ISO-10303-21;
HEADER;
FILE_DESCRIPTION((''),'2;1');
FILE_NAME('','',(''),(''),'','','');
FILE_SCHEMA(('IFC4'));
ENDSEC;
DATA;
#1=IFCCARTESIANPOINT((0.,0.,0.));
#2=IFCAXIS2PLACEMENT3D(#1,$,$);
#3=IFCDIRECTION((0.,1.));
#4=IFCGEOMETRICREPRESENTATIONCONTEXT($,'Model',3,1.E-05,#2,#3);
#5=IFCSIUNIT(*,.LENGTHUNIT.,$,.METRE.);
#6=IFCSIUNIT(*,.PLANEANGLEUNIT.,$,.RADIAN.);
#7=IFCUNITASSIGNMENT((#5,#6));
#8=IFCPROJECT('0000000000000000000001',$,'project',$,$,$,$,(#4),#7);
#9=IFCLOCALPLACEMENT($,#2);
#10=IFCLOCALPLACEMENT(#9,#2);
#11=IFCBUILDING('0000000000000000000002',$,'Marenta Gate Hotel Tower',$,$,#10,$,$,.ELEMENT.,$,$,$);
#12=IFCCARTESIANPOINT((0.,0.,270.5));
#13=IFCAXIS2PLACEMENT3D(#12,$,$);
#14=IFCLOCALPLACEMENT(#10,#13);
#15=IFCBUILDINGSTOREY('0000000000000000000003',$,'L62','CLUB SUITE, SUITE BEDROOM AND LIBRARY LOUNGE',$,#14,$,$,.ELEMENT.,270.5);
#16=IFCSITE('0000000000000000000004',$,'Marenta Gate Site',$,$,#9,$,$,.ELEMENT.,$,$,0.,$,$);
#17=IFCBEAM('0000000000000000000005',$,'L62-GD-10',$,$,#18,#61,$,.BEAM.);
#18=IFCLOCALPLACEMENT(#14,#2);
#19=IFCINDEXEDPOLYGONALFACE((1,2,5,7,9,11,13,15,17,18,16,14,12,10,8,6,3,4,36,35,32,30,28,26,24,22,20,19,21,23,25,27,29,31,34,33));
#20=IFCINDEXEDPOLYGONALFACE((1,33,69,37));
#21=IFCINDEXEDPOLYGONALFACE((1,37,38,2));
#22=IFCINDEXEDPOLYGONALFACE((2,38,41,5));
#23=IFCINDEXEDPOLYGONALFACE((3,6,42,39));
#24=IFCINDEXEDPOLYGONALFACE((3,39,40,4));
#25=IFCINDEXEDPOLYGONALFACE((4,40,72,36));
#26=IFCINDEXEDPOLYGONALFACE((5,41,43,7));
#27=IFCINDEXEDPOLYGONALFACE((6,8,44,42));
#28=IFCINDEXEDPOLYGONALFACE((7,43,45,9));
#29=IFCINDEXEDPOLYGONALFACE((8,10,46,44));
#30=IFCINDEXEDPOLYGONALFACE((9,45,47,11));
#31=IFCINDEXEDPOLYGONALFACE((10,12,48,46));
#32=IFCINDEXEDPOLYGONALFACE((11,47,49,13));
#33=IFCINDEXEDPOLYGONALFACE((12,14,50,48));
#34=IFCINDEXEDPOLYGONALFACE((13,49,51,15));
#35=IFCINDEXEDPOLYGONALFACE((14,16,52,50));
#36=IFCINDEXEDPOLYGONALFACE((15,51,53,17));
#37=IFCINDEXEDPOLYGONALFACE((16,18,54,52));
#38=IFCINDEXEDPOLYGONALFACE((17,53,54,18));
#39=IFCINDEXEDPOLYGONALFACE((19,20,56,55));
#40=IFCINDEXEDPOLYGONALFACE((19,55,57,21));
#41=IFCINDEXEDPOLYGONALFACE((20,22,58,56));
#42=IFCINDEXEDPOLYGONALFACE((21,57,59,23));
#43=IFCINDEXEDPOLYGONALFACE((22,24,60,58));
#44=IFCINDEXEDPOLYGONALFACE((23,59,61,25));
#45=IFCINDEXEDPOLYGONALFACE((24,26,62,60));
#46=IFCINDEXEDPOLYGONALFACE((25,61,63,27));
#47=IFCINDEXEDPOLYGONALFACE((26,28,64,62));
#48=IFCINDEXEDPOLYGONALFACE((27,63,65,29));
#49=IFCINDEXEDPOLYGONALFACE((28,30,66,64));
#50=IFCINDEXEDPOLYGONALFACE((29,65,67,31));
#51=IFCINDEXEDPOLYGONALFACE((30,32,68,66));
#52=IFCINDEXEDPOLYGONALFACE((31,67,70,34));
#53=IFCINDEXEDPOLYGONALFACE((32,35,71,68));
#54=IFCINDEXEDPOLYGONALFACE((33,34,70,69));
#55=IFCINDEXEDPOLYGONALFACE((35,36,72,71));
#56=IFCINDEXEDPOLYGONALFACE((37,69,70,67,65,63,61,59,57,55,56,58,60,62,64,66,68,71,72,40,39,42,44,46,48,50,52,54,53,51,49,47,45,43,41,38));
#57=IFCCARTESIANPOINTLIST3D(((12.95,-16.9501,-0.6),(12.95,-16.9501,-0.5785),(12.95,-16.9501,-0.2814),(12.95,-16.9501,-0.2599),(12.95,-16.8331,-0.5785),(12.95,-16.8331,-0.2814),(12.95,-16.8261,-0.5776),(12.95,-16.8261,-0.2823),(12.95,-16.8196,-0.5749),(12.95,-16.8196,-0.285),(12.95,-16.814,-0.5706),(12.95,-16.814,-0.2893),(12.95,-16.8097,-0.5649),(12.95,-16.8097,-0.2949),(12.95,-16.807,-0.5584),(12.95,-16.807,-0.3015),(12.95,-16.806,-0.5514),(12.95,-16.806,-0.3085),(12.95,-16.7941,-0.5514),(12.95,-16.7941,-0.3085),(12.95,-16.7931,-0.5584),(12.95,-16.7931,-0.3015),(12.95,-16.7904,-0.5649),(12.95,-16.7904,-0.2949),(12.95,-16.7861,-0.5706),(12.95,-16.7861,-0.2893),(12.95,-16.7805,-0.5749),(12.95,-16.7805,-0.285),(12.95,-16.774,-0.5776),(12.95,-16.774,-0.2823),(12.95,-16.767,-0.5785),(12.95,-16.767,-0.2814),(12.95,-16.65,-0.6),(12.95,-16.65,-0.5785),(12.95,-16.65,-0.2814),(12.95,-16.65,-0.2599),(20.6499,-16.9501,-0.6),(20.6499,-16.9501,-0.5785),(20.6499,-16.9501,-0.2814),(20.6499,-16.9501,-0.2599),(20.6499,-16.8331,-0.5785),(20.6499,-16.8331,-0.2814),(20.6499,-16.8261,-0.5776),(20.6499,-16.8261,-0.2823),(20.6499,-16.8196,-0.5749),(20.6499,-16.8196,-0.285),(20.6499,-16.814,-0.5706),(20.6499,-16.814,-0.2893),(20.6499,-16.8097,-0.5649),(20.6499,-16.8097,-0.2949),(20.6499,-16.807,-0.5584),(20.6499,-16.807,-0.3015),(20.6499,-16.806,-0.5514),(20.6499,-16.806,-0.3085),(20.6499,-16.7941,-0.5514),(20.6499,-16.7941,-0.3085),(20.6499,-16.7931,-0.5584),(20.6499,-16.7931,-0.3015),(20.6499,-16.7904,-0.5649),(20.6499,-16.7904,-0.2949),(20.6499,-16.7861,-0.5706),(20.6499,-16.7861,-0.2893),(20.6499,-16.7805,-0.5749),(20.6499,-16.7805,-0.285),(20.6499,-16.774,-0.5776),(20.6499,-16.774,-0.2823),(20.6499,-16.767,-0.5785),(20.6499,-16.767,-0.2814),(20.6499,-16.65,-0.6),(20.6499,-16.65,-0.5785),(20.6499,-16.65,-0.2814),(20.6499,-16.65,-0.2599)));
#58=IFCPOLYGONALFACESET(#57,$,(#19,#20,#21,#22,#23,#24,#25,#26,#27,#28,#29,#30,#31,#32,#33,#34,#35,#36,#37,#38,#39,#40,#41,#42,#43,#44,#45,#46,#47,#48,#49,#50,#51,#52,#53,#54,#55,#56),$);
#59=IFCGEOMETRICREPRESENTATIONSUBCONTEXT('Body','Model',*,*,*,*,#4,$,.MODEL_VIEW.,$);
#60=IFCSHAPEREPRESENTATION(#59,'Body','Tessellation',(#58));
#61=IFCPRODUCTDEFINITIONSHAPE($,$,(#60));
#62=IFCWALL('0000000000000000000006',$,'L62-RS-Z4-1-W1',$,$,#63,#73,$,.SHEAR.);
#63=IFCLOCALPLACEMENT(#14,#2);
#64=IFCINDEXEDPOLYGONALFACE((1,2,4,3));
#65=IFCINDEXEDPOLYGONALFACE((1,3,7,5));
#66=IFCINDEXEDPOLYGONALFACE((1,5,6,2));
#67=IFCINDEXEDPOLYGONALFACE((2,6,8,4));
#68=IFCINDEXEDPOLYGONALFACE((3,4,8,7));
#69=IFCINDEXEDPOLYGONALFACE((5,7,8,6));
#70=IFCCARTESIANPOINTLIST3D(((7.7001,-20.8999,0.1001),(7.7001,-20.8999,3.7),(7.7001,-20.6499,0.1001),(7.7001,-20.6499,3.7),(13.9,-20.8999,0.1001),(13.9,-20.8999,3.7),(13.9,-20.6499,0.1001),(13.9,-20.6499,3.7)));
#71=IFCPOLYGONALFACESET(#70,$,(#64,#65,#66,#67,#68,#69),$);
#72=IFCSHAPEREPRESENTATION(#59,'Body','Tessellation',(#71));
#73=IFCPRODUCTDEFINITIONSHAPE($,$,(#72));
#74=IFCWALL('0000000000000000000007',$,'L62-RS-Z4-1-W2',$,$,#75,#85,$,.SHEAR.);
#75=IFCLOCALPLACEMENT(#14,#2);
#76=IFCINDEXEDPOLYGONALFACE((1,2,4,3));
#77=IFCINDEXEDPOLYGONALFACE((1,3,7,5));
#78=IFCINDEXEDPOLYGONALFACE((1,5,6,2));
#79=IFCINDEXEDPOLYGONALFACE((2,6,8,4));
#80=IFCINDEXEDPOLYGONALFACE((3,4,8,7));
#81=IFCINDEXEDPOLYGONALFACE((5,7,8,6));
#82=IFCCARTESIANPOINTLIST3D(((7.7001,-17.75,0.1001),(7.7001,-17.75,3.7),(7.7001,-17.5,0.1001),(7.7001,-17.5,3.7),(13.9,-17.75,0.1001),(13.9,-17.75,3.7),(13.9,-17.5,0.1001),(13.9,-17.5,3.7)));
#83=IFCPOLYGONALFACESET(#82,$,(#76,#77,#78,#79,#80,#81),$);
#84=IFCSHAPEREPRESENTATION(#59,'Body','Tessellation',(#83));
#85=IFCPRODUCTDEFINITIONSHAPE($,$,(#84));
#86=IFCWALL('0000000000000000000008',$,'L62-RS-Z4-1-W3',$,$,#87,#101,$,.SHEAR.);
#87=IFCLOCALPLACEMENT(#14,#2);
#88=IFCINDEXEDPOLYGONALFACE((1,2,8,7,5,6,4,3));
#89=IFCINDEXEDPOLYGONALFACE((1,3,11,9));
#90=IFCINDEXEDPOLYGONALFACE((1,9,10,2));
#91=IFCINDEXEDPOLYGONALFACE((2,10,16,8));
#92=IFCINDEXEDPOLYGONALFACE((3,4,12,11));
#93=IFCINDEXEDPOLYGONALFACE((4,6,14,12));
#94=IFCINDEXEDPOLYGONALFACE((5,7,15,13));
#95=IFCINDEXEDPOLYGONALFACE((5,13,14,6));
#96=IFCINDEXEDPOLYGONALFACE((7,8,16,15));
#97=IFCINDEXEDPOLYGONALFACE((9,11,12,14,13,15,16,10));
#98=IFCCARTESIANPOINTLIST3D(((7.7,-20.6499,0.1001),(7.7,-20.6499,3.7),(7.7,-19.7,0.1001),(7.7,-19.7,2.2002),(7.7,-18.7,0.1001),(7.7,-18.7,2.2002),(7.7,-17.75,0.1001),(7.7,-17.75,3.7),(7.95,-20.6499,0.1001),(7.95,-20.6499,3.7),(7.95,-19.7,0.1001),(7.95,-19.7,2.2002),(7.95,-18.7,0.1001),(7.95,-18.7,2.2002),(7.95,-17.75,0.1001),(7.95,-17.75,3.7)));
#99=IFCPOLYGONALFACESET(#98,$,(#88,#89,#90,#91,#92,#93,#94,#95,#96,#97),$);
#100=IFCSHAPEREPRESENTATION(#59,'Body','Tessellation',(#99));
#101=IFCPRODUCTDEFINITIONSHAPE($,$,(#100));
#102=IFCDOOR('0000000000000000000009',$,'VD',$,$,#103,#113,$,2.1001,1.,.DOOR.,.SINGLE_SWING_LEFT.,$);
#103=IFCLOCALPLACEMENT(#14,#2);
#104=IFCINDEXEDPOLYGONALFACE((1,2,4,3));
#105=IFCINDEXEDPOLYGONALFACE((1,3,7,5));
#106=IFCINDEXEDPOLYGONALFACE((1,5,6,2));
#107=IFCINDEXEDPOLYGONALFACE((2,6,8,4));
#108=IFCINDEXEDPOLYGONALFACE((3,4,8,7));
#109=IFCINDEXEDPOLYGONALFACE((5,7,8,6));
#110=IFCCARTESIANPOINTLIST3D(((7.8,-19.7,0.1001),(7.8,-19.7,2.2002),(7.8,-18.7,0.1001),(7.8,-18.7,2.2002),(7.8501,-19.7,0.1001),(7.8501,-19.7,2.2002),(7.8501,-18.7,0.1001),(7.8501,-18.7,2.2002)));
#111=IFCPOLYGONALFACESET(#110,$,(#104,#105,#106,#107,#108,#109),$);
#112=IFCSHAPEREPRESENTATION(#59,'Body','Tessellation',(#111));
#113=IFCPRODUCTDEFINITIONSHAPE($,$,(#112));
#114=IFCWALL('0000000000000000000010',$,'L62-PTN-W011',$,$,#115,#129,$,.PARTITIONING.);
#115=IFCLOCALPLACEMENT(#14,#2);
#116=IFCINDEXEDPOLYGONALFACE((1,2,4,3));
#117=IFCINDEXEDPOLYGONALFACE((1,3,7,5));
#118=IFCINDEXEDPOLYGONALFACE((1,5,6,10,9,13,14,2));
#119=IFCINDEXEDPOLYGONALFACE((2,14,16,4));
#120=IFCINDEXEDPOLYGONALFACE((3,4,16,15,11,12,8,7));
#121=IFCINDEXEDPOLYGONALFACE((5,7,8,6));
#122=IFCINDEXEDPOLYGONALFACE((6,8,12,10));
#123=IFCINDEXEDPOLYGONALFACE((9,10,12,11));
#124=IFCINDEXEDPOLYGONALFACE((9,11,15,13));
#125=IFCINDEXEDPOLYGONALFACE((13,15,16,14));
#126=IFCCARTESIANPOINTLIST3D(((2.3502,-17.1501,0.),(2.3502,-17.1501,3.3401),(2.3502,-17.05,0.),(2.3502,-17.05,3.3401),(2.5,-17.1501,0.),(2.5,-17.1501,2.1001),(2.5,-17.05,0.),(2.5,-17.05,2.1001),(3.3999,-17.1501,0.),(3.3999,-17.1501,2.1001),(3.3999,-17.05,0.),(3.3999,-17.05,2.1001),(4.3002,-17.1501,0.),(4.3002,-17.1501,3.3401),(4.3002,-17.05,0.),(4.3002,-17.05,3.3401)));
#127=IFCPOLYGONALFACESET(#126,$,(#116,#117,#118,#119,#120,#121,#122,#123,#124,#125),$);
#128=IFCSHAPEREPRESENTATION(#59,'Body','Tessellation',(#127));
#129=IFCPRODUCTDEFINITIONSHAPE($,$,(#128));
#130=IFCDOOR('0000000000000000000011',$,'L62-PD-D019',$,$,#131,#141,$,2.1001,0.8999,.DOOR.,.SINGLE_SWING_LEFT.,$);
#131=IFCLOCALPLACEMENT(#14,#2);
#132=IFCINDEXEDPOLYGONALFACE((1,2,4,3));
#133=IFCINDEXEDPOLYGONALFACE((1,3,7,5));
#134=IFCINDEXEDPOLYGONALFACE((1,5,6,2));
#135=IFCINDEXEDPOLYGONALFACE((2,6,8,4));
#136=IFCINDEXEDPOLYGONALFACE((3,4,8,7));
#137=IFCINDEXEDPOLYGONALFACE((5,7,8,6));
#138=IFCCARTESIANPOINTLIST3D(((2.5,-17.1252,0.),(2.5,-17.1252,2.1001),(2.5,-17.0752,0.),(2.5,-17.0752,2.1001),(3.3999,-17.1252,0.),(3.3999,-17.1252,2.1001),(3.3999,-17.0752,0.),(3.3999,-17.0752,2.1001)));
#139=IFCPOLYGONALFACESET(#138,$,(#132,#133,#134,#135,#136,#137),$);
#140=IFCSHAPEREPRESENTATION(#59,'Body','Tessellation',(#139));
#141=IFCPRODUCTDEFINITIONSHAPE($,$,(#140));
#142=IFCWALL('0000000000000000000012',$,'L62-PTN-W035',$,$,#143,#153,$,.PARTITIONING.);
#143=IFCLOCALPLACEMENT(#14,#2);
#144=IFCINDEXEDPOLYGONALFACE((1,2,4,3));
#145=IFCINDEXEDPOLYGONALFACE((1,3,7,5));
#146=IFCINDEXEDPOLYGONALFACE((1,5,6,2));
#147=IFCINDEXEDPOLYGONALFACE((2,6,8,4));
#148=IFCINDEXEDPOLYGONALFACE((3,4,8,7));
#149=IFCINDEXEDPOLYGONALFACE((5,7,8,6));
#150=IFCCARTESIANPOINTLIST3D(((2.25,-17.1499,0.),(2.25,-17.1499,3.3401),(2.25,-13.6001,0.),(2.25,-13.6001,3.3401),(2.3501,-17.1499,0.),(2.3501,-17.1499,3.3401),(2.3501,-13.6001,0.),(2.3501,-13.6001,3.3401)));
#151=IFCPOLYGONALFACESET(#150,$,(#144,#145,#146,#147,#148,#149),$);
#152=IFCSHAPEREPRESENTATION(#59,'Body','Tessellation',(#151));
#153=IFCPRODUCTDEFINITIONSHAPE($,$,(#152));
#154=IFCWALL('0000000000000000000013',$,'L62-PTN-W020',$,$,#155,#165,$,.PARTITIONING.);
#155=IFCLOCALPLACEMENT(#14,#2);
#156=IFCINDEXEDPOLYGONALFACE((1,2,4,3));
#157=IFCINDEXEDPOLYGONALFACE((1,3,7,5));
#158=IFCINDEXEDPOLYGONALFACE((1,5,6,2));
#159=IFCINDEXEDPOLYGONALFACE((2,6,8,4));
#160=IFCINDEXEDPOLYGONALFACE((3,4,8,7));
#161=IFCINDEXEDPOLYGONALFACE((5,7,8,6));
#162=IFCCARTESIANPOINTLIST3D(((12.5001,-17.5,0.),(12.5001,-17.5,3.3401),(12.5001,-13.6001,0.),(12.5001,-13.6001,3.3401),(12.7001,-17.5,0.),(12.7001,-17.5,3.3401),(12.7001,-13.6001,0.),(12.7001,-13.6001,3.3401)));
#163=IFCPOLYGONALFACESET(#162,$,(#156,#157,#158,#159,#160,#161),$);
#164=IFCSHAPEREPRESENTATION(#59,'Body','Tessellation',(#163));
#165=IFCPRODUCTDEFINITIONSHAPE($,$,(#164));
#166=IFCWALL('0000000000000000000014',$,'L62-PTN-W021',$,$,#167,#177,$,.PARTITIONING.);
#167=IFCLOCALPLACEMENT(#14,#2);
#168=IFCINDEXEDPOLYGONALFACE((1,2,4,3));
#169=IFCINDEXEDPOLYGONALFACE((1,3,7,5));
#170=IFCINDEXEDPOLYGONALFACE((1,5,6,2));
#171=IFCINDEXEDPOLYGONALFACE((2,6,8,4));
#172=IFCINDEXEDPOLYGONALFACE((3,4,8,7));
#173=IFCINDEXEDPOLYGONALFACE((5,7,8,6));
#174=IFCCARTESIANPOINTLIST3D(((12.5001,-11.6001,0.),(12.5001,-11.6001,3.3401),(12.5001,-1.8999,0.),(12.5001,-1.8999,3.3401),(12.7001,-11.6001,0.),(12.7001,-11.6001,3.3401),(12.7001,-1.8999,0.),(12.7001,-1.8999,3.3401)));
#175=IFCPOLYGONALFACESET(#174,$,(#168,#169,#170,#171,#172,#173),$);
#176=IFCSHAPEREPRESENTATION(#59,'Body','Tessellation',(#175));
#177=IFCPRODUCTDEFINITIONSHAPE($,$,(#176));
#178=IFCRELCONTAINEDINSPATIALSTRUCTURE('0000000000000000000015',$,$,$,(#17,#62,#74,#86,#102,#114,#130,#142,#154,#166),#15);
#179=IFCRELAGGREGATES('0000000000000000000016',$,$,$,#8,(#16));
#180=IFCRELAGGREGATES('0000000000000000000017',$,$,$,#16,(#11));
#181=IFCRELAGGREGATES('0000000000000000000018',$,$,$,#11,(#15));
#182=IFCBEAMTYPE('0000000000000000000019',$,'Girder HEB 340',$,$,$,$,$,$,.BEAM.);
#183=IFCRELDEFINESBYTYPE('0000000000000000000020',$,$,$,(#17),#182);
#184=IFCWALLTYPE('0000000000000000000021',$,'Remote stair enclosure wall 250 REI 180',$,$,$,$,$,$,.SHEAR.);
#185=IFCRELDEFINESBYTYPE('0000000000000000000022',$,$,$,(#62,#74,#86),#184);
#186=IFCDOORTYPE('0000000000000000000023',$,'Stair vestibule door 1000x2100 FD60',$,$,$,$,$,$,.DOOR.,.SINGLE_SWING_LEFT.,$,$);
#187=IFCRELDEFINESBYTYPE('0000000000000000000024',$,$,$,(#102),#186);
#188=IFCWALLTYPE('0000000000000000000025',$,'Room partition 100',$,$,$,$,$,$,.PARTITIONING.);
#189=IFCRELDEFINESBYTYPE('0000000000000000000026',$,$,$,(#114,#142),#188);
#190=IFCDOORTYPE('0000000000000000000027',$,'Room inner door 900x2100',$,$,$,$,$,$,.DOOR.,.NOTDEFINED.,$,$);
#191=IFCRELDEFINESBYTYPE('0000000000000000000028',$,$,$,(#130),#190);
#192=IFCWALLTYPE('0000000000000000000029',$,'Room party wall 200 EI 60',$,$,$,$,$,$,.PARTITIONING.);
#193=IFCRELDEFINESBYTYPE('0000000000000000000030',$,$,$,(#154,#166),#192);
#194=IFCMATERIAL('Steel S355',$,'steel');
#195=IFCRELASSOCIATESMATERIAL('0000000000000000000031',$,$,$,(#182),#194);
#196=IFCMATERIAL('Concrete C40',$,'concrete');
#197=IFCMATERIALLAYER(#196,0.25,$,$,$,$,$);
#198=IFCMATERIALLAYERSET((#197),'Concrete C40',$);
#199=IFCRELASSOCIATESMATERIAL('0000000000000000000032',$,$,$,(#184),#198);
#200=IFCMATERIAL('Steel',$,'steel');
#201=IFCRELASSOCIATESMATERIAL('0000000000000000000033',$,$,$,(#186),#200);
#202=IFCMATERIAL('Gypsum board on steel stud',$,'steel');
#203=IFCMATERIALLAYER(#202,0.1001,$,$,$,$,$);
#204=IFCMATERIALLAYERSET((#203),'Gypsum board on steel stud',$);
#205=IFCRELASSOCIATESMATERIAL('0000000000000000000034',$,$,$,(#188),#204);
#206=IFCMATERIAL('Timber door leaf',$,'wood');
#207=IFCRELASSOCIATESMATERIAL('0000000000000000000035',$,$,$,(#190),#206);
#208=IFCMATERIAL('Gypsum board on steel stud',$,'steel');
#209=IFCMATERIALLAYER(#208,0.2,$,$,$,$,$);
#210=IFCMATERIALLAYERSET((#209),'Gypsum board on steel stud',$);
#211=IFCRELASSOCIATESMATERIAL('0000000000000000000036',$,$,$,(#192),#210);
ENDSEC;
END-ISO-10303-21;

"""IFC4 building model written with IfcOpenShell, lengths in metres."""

from ifc_helpers import new_model, si_unit, direction, frame, frame_2d, origin, origin_2d, place, context, subcontext, project, spatial, rectangle, i_section, extrude, material, layer, layer_set, material_profile, profile_set, type_object, element, fill, save


model = new_model("IFC4")

# Units and contexts
model_context = context("Model", 3, precision=1e-05, world=origin(), true_north=direction((0.0, 1.0)))
body_context = subcontext(model_context, "Body", "Model", "MODEL_VIEW")
ifc_project = project(units=[si_unit("LENGTHUNIT", "METRE"), si_unit("PLANEANGLEUNIT", "RADIAN")], contexts=[model_context])

# Site, building, storey
site_placement = place(None, origin())
site = spatial("IfcSite", under=ifc_project, at=site_placement, Name="Marenta Gate Site", CompositionType="ELEMENT", RefElevation=0.0)
building_placement = place(site_placement, origin())
building = spatial("IfcBuilding", under=site, at=building_placement, Name="Marenta Gate Hotel Tower", CompositionType="ELEMENT")
storey_placement = place(building_placement, frame((0.0, 0.0, 270.5)))
storey = spatial("IfcBuildingStorey", under=building, at=storey_placement, Name="L62", Description="CLUB SUITE, SUITE BEDROOM AND LIBRARY LOUNGE", CompositionType="ELEMENT", Elevation=270.5)

# Beam
ifc_material_1 = material(Name="Steel S355", Category="steel")
ifc_material_profile_1 = material_profile(ifc_material_1, i_section(OverallWidth=0.3, OverallDepth=0.3401, WebThickness=0.012, FlangeThickness=0.0215, FilletRadius=0.0271, at=origin_2d()), Name="HEB 340")
ifc_profile_set_1 = profile_set([ifc_material_profile_1], Name="Steel S355")
beam_type = type_object("IfcBeamType", Name="Girder HEB 340", PredefinedType="BEAM", material=ifc_profile_set_1)
for number, where, z_axis, x_axis, name in (
    (1, (12.95, -16.8, -0.4299), (1.0, 0.0, 0.0), (0.0, 1.0, 0.0), "L62-GD-10"),
):
    element("IfcBeam", number, at=place(storey_placement, frame(where, z_axis=z_axis, x_axis=x_axis)), inside=storey, type_object=beam_type, Name=name, PredefinedType="BEAM", context=body_context, shape_type="SweptSolid", body=[
        extrude(i_section(OverallWidth=0.3, OverallDepth=0.3401, WebThickness=0.012, FlangeThickness=0.0215, FilletRadius=0.0271, at=origin_2d()), origin(), (0.0, 0.0, 1.0), 7.7),
    ])

# Walls
ifc_material_2 = material(Name="Concrete C40", Category="concrete")
ifc_layer_1 = layer(ifc_material_2, 0.25)
ifc_layer_set_1 = layer_set([ifc_layer_1], Name="Concrete C40")
wall_type_1 = type_object("IfcWallType", Name="Remote stair enclosure wall 250 REI 180", PredefinedType="SHEAR", material=ifc_layer_set_1)
for number, where, z_axis, x_axis, name in (
    (2, (7.7, -20.7749, 0.1001), (0.0, 0.0, 1.0), (1.0, 0.0, 0.0), "L62-RS-Z4-1-W1"),
    (3, (7.7, -17.625, 0.1001), (0.0, 0.0, 1.0), (1.0, 0.0, 0.0), "L62-RS-Z4-1-W2"),
):
    element("IfcWall", number, at=place(storey_placement, frame(where, z_axis=z_axis, x_axis=x_axis)), inside=storey, type_object=wall_type_1, Name=name, PredefinedType="SHEAR", context=body_context, shape_type="SweptSolid", body=[
        extrude(rectangle(XDim=6.2, YDim=0.25, at=frame_2d((3.1001, 0.0))), origin(), (0.0, 0.0, 1.0), 3.5999),
    ])

# Walls, openings, doors
wall_1_placement = place(storey_placement, frame((7.825, -20.6499, 0.1001), z_axis=(0.0, 0.0, 1.0), x_axis=(0.0, 1.0, 0.0)))
wall_1 = element("IfcWall", 4, at=wall_1_placement, inside=storey, type_object=wall_type_1, Name="L62-RS-Z4-1-W3", PredefinedType="SHEAR", context=body_context, shape_type="SweptSolid", body=[
    extrude(rectangle(XDim=2.8999, YDim=0.25, at=frame_2d((1.45, 0.0))), origin(), (0.0, 0.0, 1.0), 3.5999),
])
opening_1_placement = place(wall_1_placement, frame((0.95, 0.0, 0.0)))
opening_1 = element("IfcOpeningElement", 5, at=opening_1_placement, cuts=wall_1, PredefinedType="OPENING", context=body_context, shape_type="SweptSolid", body=[
    extrude(rectangle(XDim=1.0, YDim=2.1001, at=frame_2d((0.5, 1.05))), frame((0.0, 0.125, 0.0), z_axis=(0.0, -1.0, 0.0), x_axis=(1.0, 0.0, 0.0)), (0.0, 0.0, 1.0), 0.25),
])
ifc_material_3 = material(Name="Steel", Category="steel")
door_type_1 = type_object("IfcDoorType", Name="Stair vestibule door 1000x2100 FD60", OperationType="SINGLE_SWING_LEFT", PredefinedType="DOOR", material=ifc_material_3)
door_1_placement = place(opening_1_placement, origin())
door_1 = element("IfcDoor", 6, at=door_1_placement, inside=storey, type_object=door_type_1, Name="VD", OperationType="SINGLE_SWING_LEFT", OverallHeight=2.1001, OverallWidth=1.0, PredefinedType="DOOR", context=body_context, shape_type="SweptSolid", body=[
    extrude(rectangle(XDim=1.0, YDim=2.1001, at=frame_2d((0.5, 1.05))), frame((0.0, 0.0249, 0.0), z_axis=(0.0, -1.0, 0.0), x_axis=(1.0, 0.0, 0.0)), (0.0, 0.0, 1.0), 0.05),
])
fill(opening_1, door_1)
ifc_material_4 = material(Name="Gypsum board on steel stud", Category="steel")
ifc_layer_2 = layer(ifc_material_4, 0.1001)
ifc_layer_set_2 = layer_set([ifc_layer_2], Name="Gypsum board on steel stud")
wall_type_2 = type_object("IfcWallType", Name="Room partition 100", PredefinedType="PARTITIONING", material=ifc_layer_set_2)
wall_2_placement = place(storey_placement, frame((2.3501, -17.1001, 0.0), z_axis=(0.0, 0.0, 1.0), x_axis=(1.0, 0.0, 0.0)))
wall_2 = element("IfcWall", 7, at=wall_2_placement, inside=storey, type_object=wall_type_2, Name="L62-PTN-W011", PredefinedType="PARTITIONING", context=body_context, shape_type="SweptSolid", body=[
    extrude(rectangle(XDim=1.95, YDim=0.1001, at=frame_2d((0.9751, 0.0))), origin(), (0.0, 0.0, 1.0), 3.3401),
])
opening_2_placement = place(wall_2_placement, frame((0.1499, 0.0, 0.0)))
opening_2 = element("IfcOpeningElement", 8, at=opening_2_placement, cuts=wall_2, PredefinedType="OPENING", context=body_context, shape_type="SweptSolid", body=[
    extrude(rectangle(XDim=0.8999, YDim=2.1001, at=frame_2d((0.45, 1.05))), frame((0.0, 0.05, 0.0), z_axis=(0.0, -1.0, 0.0), x_axis=(1.0, 0.0, 0.0)), (0.0, 0.0, 1.0), 0.1001),
])
ifc_material_5 = material(Name="Timber door leaf", Category="wood")
door_type_2 = type_object("IfcDoorType", Name="Room inner door 900x2100", OperationType="NOTDEFINED", PredefinedType="DOOR", material=ifc_material_5)
door_2_placement = place(opening_2_placement, origin())
door_2 = element("IfcDoor", 9, at=door_2_placement, inside=storey, type_object=door_type_2, Name="L62-PD-D019", OperationType="SINGLE_SWING_LEFT", OverallHeight=2.1001, OverallWidth=0.8999, PredefinedType="DOOR", context=body_context, shape_type="SweptSolid", body=[
    extrude(rectangle(XDim=0.8999, YDim=2.1001, at=frame_2d((0.45, 1.05))), frame((0.0, 0.0249, 0.0), z_axis=(0.0, -1.0, 0.0), x_axis=(1.0, 0.0, 0.0)), (0.0, 0.0, 1.0), 0.05),
])
fill(opening_2, door_2)

# Walls
wall_3_placement = place(storey_placement, frame((2.3, -17.1499, 0.0), z_axis=(0.0, 0.0, 1.0), x_axis=(0.0, 1.0, 0.0)))
element("IfcWall", 10, at=wall_3_placement, inside=storey, type_object=wall_type_2, Name="L62-PTN-W035", PredefinedType="PARTITIONING", context=body_context, shape_type="SweptSolid", body=[
    extrude(rectangle(XDim=3.5498, YDim=0.1001, at=frame_2d((1.7749, 0.0))), origin(), (0.0, 0.0, 1.0), 3.3401),
])
ifc_material_6 = material(Name="Gypsum board on steel stud", Category="steel")
ifc_layer_3 = layer(ifc_material_6, 0.2)
ifc_layer_set_3 = layer_set([ifc_layer_3], Name="Gypsum board on steel stud")
wall_type_3 = type_object("IfcWallType", Name="Room party wall 200 EI 60", PredefinedType="PARTITIONING", material=ifc_layer_set_3)
wall_4_placement = place(storey_placement, frame((12.6001, -17.5, 0.0), z_axis=(0.0, 0.0, 1.0), x_axis=(0.0, 1.0, 0.0)))
element("IfcWall", 11, at=wall_4_placement, inside=storey, type_object=wall_type_3, Name="L62-PTN-W020", PredefinedType="PARTITIONING", context=body_context, shape_type="SweptSolid", body=[
    extrude(rectangle(XDim=3.8999, YDim=0.2, at=frame_2d((1.95, 0.0))), origin(), (0.0, 0.0, 1.0), 3.3401),
])
for number, where, z_axis, x_axis, name in (
    (12, (12.6001, -11.6001, 0.0), (0.0, 0.0, 1.0), (0.0, 1.0, 0.0), "L62-PTN-W021"),
):
    element("IfcWall", number, at=place(storey_placement, frame(where, z_axis=z_axis, x_axis=x_axis)), inside=storey, type_object=wall_type_3, Name=name, PredefinedType="PARTITIONING", context=body_context, shape_type="SweptSolid", body=[
        extrude(rectangle(XDim=9.7002, YDim=0.2, at=frame_2d((4.8501, 0.0))), origin(), (0.0, 0.0, 1.0), 3.3401),
    ])

save(model, "model.ifc")
